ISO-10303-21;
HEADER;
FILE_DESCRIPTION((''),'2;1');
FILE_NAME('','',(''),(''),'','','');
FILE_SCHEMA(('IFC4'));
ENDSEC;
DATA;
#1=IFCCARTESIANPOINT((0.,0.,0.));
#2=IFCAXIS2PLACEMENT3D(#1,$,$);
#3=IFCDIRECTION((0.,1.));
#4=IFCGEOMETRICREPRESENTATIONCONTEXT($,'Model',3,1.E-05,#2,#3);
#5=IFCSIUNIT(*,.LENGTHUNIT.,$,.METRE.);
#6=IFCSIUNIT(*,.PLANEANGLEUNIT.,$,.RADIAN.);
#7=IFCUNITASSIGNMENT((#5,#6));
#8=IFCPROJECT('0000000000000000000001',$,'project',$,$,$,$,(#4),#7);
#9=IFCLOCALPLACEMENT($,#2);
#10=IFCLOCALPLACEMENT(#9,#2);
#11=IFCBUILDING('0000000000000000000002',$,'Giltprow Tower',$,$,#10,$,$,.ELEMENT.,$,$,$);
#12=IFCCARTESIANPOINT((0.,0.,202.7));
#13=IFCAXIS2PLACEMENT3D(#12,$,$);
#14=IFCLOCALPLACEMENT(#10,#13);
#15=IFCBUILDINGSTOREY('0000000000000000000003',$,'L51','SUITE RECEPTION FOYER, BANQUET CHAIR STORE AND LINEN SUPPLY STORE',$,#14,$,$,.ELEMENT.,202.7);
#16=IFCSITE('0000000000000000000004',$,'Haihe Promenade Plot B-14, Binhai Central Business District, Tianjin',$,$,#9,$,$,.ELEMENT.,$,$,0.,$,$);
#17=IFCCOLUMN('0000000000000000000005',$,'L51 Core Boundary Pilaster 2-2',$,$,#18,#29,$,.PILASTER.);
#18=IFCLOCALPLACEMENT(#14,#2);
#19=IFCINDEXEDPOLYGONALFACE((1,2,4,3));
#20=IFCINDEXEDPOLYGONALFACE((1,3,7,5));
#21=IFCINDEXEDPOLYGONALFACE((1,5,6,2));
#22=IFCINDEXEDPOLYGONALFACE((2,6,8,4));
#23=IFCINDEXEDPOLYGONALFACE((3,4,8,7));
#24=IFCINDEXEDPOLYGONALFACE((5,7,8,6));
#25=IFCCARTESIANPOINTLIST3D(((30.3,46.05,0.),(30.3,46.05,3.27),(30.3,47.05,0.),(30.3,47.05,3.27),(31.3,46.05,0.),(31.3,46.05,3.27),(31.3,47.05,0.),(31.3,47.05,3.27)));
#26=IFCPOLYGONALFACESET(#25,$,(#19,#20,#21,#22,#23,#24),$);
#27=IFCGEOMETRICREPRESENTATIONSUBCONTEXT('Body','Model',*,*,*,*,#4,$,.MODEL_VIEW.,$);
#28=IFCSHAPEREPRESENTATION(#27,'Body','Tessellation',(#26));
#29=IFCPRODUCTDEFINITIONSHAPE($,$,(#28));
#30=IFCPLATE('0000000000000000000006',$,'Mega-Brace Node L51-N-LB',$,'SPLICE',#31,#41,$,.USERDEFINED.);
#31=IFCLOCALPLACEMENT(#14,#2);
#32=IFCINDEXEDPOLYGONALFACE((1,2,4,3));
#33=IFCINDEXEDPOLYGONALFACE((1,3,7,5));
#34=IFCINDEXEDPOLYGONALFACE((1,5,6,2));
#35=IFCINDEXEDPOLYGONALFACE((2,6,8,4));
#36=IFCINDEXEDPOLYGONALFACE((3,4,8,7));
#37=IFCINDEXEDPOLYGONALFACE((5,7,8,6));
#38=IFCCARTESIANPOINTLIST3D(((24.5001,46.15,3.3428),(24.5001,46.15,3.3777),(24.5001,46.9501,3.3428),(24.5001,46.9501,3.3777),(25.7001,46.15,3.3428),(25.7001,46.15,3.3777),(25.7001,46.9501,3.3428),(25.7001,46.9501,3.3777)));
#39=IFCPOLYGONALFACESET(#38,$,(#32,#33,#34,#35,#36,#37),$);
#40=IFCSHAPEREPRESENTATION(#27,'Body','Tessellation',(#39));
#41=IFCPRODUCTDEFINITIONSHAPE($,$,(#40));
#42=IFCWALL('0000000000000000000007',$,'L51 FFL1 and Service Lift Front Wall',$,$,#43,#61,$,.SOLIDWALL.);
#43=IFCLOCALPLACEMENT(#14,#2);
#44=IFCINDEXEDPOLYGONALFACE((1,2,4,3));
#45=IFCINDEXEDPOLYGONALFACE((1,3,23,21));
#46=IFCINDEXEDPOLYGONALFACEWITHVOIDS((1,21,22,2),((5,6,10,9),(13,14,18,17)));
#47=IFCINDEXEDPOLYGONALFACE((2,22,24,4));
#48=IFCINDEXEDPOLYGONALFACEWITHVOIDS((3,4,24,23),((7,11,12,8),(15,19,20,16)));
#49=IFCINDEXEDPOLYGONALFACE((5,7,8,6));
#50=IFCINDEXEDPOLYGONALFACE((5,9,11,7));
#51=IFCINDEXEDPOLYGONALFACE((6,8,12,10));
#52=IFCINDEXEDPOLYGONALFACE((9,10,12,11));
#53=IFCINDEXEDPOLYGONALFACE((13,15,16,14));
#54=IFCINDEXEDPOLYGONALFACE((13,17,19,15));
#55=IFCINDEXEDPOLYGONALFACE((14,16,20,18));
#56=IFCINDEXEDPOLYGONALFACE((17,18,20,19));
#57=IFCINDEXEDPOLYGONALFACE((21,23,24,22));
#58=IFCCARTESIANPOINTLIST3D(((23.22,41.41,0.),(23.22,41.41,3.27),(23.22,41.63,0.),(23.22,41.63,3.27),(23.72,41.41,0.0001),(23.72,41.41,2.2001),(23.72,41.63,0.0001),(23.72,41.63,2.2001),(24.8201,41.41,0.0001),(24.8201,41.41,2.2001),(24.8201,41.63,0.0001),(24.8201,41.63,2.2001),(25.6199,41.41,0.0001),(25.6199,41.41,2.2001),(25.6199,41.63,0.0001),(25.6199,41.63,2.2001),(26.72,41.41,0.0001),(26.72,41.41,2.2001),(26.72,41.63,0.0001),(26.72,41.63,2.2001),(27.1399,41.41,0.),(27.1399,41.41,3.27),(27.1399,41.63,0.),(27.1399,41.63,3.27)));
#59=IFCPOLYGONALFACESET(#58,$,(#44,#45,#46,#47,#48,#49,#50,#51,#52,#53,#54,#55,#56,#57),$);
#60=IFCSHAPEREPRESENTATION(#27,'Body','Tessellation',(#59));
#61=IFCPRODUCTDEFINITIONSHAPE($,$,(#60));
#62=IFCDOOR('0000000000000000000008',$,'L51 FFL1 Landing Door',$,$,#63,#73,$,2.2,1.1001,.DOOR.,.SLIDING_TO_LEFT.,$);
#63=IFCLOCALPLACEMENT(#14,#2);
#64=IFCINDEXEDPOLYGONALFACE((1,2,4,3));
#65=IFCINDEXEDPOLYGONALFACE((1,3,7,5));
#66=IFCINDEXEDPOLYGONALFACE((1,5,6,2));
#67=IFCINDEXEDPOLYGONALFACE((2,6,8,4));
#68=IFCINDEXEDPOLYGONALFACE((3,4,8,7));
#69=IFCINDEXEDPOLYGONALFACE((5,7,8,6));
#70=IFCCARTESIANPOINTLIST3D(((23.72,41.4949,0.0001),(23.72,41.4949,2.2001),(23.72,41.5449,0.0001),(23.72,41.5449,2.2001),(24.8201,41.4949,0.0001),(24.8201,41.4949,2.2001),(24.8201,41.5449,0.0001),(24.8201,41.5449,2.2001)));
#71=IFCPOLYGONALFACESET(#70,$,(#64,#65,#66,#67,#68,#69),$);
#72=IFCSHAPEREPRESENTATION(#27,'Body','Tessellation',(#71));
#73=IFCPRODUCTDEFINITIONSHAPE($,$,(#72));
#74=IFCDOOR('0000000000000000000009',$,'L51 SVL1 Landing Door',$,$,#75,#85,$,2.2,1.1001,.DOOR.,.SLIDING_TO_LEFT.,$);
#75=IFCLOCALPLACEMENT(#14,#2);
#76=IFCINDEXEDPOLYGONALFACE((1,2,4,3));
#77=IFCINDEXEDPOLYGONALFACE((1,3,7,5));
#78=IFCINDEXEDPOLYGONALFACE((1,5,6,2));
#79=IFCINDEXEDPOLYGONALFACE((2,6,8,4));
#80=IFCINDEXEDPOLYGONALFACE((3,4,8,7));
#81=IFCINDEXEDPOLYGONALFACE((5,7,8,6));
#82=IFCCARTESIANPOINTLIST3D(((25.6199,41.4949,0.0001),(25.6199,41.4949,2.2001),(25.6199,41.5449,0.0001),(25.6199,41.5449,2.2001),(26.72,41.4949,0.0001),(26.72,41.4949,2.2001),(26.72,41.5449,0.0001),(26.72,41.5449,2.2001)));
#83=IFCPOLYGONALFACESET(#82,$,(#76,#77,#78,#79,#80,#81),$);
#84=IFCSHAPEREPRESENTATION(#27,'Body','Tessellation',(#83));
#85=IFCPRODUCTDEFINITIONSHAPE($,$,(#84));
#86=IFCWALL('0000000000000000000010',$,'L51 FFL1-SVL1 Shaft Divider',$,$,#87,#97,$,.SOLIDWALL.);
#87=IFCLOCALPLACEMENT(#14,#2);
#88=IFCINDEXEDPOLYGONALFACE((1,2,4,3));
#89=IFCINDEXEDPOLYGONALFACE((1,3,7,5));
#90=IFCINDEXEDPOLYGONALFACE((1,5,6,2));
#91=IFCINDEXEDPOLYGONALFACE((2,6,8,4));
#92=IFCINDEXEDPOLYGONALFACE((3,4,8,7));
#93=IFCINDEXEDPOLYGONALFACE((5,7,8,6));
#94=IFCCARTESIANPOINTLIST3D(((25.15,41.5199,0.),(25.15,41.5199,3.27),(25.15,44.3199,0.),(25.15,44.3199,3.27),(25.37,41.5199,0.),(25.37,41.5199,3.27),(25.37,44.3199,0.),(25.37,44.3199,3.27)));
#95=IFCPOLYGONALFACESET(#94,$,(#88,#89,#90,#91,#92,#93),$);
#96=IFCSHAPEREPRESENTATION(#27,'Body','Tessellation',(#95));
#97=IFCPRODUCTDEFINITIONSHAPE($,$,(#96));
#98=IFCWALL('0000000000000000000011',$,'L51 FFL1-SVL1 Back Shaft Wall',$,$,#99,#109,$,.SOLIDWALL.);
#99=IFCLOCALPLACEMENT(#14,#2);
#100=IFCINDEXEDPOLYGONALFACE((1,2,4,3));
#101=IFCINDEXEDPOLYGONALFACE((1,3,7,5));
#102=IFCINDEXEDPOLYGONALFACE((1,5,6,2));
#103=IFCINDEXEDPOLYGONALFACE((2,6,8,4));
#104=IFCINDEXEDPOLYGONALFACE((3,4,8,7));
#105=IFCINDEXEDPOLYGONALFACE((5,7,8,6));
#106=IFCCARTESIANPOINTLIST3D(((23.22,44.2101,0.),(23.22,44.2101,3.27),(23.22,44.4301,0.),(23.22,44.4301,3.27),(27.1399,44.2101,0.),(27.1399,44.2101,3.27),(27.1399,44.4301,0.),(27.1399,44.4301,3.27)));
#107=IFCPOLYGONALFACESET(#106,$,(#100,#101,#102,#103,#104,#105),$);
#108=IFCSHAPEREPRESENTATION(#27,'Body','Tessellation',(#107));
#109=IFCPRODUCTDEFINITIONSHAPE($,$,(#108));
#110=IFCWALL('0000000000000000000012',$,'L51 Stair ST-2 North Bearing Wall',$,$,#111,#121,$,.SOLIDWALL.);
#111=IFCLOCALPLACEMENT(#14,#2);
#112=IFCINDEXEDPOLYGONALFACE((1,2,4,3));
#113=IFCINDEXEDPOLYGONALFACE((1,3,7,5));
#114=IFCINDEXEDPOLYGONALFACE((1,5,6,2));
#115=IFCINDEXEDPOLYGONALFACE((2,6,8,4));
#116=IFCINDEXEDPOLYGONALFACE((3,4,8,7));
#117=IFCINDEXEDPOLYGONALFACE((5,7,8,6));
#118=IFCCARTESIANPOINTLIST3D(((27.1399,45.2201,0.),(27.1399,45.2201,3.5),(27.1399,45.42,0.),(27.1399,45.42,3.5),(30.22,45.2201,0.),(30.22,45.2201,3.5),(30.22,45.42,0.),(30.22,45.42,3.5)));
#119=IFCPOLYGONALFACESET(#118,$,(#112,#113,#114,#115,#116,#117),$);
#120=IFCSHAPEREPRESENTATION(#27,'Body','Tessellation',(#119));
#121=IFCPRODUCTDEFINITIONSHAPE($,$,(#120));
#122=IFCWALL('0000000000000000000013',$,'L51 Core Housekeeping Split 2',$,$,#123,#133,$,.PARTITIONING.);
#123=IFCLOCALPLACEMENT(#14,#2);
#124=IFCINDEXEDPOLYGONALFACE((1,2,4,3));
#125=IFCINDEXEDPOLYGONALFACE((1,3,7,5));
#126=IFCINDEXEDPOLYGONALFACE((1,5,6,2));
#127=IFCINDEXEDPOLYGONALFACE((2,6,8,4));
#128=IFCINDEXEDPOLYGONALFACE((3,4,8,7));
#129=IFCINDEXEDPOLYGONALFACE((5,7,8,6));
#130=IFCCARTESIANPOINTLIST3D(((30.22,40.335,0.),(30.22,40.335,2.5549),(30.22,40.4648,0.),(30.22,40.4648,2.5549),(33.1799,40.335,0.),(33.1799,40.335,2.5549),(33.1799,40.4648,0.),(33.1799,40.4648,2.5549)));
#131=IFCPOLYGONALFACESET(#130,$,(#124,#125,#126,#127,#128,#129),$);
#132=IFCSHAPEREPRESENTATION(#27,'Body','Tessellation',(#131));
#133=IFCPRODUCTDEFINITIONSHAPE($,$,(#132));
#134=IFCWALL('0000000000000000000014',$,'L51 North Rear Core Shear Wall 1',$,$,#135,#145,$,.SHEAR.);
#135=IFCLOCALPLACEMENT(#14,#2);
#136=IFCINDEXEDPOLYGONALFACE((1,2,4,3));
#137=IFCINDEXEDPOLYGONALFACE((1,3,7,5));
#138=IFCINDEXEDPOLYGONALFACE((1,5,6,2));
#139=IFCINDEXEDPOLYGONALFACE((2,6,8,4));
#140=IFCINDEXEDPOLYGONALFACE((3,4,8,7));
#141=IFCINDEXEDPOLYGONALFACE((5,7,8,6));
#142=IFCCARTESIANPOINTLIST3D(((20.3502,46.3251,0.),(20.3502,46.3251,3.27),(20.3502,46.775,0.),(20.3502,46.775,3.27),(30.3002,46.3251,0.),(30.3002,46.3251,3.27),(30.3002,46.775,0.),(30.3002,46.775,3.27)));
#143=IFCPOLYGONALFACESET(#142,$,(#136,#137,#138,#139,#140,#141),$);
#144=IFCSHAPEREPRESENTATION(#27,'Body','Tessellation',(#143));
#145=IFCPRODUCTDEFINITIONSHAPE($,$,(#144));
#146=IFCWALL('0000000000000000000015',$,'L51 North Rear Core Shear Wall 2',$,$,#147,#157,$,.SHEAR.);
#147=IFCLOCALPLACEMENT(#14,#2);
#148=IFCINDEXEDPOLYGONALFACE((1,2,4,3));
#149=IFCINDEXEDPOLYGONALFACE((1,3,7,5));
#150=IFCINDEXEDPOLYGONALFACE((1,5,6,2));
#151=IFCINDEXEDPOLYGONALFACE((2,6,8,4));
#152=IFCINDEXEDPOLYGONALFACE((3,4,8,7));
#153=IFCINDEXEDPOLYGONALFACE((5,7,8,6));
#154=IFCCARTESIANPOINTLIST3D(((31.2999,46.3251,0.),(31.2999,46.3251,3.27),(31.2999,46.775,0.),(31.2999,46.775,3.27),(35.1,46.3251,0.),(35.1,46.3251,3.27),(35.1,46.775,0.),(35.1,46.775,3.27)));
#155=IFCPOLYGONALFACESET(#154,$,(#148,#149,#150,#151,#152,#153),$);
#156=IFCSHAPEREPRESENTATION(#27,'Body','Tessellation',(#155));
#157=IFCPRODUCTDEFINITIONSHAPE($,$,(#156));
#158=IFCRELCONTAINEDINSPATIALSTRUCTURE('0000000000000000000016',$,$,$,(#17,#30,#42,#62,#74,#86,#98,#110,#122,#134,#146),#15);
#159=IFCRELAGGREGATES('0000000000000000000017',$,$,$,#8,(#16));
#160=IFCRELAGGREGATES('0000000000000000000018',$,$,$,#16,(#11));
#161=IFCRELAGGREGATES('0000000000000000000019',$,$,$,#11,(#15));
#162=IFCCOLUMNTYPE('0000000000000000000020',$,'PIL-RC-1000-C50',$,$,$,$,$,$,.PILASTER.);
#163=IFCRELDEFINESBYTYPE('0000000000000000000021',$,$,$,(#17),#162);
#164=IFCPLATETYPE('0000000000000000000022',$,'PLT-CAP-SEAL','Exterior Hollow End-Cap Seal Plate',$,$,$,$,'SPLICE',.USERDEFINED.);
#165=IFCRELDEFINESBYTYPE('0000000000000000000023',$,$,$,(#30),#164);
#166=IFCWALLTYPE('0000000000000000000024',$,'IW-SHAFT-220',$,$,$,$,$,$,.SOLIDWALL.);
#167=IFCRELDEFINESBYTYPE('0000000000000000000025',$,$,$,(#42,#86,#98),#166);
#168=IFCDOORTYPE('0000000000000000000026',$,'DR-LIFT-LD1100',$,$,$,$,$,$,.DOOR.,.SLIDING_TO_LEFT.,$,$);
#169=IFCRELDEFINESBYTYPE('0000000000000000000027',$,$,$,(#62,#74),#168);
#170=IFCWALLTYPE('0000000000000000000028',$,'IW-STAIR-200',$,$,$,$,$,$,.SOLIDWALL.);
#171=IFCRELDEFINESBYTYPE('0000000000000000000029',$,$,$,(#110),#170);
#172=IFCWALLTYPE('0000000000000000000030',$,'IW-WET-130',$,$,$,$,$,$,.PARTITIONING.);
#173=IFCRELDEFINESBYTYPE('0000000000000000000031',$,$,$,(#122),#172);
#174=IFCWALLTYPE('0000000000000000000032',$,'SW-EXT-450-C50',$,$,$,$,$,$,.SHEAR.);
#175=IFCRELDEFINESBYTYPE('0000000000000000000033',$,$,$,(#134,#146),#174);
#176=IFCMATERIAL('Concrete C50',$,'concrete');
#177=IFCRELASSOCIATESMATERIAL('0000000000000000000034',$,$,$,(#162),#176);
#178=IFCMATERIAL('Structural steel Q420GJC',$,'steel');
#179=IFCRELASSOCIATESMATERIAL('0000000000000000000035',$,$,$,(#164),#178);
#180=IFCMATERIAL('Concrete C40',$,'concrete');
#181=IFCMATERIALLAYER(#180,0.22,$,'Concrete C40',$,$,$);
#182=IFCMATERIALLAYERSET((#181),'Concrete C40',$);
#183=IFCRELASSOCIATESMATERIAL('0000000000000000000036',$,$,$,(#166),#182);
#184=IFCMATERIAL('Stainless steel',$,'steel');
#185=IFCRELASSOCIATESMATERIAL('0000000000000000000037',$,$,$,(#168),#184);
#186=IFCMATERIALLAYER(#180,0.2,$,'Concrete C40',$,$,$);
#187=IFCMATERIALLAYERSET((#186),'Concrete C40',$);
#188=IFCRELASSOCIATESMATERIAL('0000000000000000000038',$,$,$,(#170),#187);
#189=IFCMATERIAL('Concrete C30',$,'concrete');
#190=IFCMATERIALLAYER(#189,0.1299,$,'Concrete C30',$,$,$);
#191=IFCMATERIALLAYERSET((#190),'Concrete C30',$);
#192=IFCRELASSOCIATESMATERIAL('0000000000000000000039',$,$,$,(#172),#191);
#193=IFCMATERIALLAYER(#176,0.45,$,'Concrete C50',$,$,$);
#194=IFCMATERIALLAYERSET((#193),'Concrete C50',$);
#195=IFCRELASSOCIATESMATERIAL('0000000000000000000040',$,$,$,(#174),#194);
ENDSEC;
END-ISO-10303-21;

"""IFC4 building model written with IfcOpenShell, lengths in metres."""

from ifc_helpers import new_model, si_unit, direction, frame, frame_2d, origin, origin_2d, place, context, subcontext, project, spatial, rectangle, extrude, source, transform, mapped, material, layer, layer_set, material_profile, profile_set, type_object, element, fill, save


model = new_model("IFC4")

# Units and contexts
model_context = context("Model", 3, precision=1e-05, world=origin(), true_north=direction((0.0, 1.0)))
body_context = subcontext(model_context, "Body", "Model", "MODEL_VIEW")
ifc_project = project(units=[si_unit("LENGTHUNIT", "METRE"), si_unit("PLANEANGLEUNIT", "RADIAN")], contexts=[model_context])

# Site, building, storey
site_placement = place(None, origin())
site = spatial("IfcSite", under=ifc_project, at=site_placement, Name="Haihe Promenade Plot B-14, Binhai Central Business District, Tianjin", CompositionType="ELEMENT", RefElevation=0.0)
building_placement = place(site_placement, origin())
building = spatial("IfcBuilding", under=site, at=building_placement, Name="Giltprow Tower", CompositionType="ELEMENT")
storey_placement = place(building_placement, frame((0.0, 0.0, 202.7)))
storey = spatial("IfcBuildingStorey", under=building, at=storey_placement, Name="L51", Description="SUITE RECEPTION FOYER, BANQUET CHAIR STORE AND LINEN SUPPLY STORE", CompositionType="ELEMENT", Elevation=202.7)

# Column
ifc_material_1 = material(Name="Concrete C50", Category="concrete")
ifc_material_profile = material_profile(ifc_material_1, rectangle(XDim=1.0, YDim=1.0, at=origin_2d()), Name="RC 1000x1000")
ifc_profile_set = profile_set([ifc_material_profile], Name="Concrete C50")
column_type = type_object("IfcColumnType", Name="PIL-RC-1000-C50", PredefinedType="PILASTER", material=ifc_profile_set)
shared_shape_1 = source(origin(), body_context, "Body", "SweptSolid", [
    extrude(rectangle(XDim=1.0, YDim=1.0, at=origin_2d()), origin(), (0.0, 0.0, 1.0), 3.27),
])
column_placement = place(storey_placement, frame((30.8, 46.55, 0.0), z_axis=(0.0, 0.0, 1.0), x_axis=(1.0, 0.0, 0.0)))
element("IfcColumn", 1, at=column_placement, inside=storey, type_object=column_type, Name="L51 Core Boundary Pilaster 2-2", PredefinedType="PILASTER", context=body_context, shape_type="MappedRepresentation", body=[
    mapped(shared_shape_1, transform((0.0, 0.0, 0.0), x_axis=(1.0, 0.0, 0.0), y_axis=(0.0, 1.0, 0.0), z_axis=(0.0, 0.0, 1.0), scale=1.0)),
])

# Plate
ifc_material_2 = material(Name="Structural steel Q420GJC", Category="steel")
plate_type = type_object("IfcPlateType", Name="PLT-CAP-SEAL", Description="Exterior Hollow End-Cap Seal Plate", ElementType="SPLICE", PredefinedType="USERDEFINED", material=ifc_material_2)
shared_shape_2 = source(origin(), body_context, "Body", "SweptSolid", [
    extrude(rectangle(XDim=1.2, YDim=0.8, at=origin_2d()), origin(), (0.0, 0.0, 1.0), 0.0349),
])
plate_placement = place(storey_placement, frame((25.1001, 46.55, 3.3428), z_axis=(0.0, 0.0, 1.0), x_axis=(1.0, 0.0, 0.0)))
element("IfcPlate", 2, at=plate_placement, inside=storey, type_object=plate_type, Name="Mega-Brace Node L51-N-LB", ObjectType="SPLICE", PredefinedType="USERDEFINED", context=body_context, shape_type="MappedRepresentation", body=[
    mapped(shared_shape_2, transform((0.0, 0.0, 0.0), x_axis=(1.0, 0.0, 0.0), y_axis=(0.0, 1.0, 0.0), z_axis=(0.0, 0.0, 1.0), scale=1.0)),
])

# Wall, openings, doors
ifc_material_3 = material(Name="Concrete C40", Category="concrete")
ifc_layer_1 = layer(ifc_material_3, 0.22, Name="Concrete C40")
ifc_layer_set_1 = layer_set([ifc_layer_1], Name="Concrete C40")
wall_type_1 = type_object("IfcWallType", Name="IW-SHAFT-220", PredefinedType="SOLIDWALL", material=ifc_layer_set_1)
wall_1_placement = place(storey_placement, frame((23.22, 41.52, 0.0), z_axis=(0.0, 0.0, 1.0), x_axis=(1.0, 0.0, 0.0)))
wall_1 = element("IfcWall", 3, at=wall_1_placement, inside=storey, type_object=wall_type_1, Name="L51 FFL1 and Service Lift Front Wall", PredefinedType="SOLIDWALL", context=body_context, shape_type="SweptSolid", body=[
    extrude(rectangle(XDim=3.9199, YDim=0.22, at=frame_2d((1.96, 0.0))), origin(), (0.0, 0.0, 1.0), 3.27),
])
opening_1_placement = place(wall_1_placement, frame((0.5, 0.0, 0.0)))
opening_1 = element("IfcOpeningElement", 4, at=opening_1_placement, cuts=wall_1, PredefinedType="OPENING", context=body_context, shape_type="SweptSolid", body=[
    extrude(rectangle(XDim=1.1001, YDim=2.2, at=frame_2d((0.55, 1.1001))), frame((0.0, 0.1199, 0.0), z_axis=(0.0, -1.0, 0.0), x_axis=(1.0, 0.0, 0.0)), (0.0, 0.0, 1.0), 0.24),
])
opening_2_placement = place(wall_1_placement, frame((2.3999, 0.0, 0.0)))
opening_2 = element("IfcOpeningElement", 5, at=opening_2_placement, cuts=wall_1, PredefinedType="OPENING", context=body_context, shape_type="SweptSolid", body=[
    extrude(rectangle(XDim=1.1001, YDim=2.2, at=frame_2d((0.55, 1.1001))), frame((0.0, 0.1199, 0.0), z_axis=(0.0, -1.0, 0.0), x_axis=(1.0, 0.0, 0.0)), (0.0, 0.0, 1.0), 0.24),
])
ifc_material_4 = material(Name="Stainless steel", Category="steel")
door_type = type_object("IfcDoorType", Name="DR-LIFT-LD1100", OperationType="SLIDING_TO_LEFT", PredefinedType="DOOR", material=ifc_material_4)
shared_shape_3 = source(origin(), body_context, "Body", "SweptSolid", [
    extrude(rectangle(XDim=1.1001, YDim=2.2, at=frame_2d((0.55, 1.1001))), frame((0.0, 0.0249, 0.0), z_axis=(0.0, -1.0, 0.0), x_axis=(1.0, 0.0, 0.0)), (0.0, 0.0, 1.0), 0.05),
])
door_1_placement = place(opening_1_placement, origin())
door_1 = element("IfcDoor", 6, at=door_1_placement, inside=storey, type_object=door_type, Name="L51 FFL1 Landing Door", OperationType="SLIDING_TO_LEFT", OverallHeight=2.2, OverallWidth=1.1001, PredefinedType="DOOR", context=body_context, shape_type="MappedRepresentation", body=[
    mapped(shared_shape_3, transform((0.0, 0.0, 0.0), x_axis=(1.0, 0.0, 0.0), y_axis=(0.0, 1.0, 0.0), z_axis=(0.0, 0.0, 1.0), scale=1.0)),
])
fill(opening_1, door_1)
door_2_placement = place(opening_2_placement, origin())
door_2 = element("IfcDoor", 7, at=door_2_placement, inside=storey, type_object=door_type, Name="L51 SVL1 Landing Door", OperationType="SLIDING_TO_LEFT", OverallHeight=2.2, OverallWidth=1.1001, PredefinedType="DOOR", context=body_context, shape_type="MappedRepresentation", body=[
    mapped(shared_shape_3, transform((0.0, 0.0, 0.0), x_axis=(1.0, 0.0, 0.0), y_axis=(0.0, 1.0, 0.0), z_axis=(0.0, 0.0, 1.0), scale=1.0)),
])
fill(opening_2, door_2)

# Walls
wall_2_placement = place(storey_placement, frame((25.26, 41.52, 0.0), z_axis=(0.0, 0.0, 1.0), x_axis=(0.0, 1.0, 0.0)))
element("IfcWall", 8, at=wall_2_placement, inside=storey, type_object=wall_type_1, Name="L51 FFL1-SVL1 Shaft Divider", PredefinedType="SOLIDWALL", context=body_context, shape_type="SweptSolid", body=[
    extrude(rectangle(XDim=2.8, YDim=0.22, at=frame_2d((1.3999, 0.0))), origin(), (0.0, 0.0, 1.0), 3.27),
])
wall_3_placement = place(storey_placement, frame((23.22, 44.3201, 0.0), z_axis=(0.0, 0.0, 1.0), x_axis=(1.0, 0.0, 0.0)))
element("IfcWall", 9, at=wall_3_placement, inside=storey, type_object=wall_type_1, Name="L51 FFL1-SVL1 Back Shaft Wall", PredefinedType="SOLIDWALL", context=body_context, shape_type="SweptSolid", body=[
    extrude(rectangle(XDim=3.9199, YDim=0.22, at=frame_2d((1.96, 0.0))), origin(), (0.0, 0.0, 1.0), 3.27),
])
ifc_layer_2 = layer(ifc_material_3, 0.2, Name="Concrete C40")
ifc_layer_set_2 = layer_set([ifc_layer_2], Name="Concrete C40")
wall_type_2 = type_object("IfcWallType", Name="IW-STAIR-200", PredefinedType="SOLIDWALL", material=ifc_layer_set_2)
wall_4_placement = place(storey_placement, frame((27.1399, 45.3201, 0.0), z_axis=(0.0, 0.0, 1.0), x_axis=(1.0, 0.0, 0.0)))
element("IfcWall", 10, at=wall_4_placement, inside=storey, type_object=wall_type_2, Name="L51 Stair ST-2 North Bearing Wall", PredefinedType="SOLIDWALL", context=body_context, shape_type="SweptSolid", body=[
    extrude(rectangle(XDim=3.0801, YDim=0.2, at=frame_2d((1.54, 0.0))), origin(), (0.0, 0.0, 1.0), 3.5),
])
ifc_material_5 = material(Name="Concrete C30", Category="concrete")
ifc_layer_3 = layer(ifc_material_5, 0.1299, Name="Concrete C30")
ifc_layer_set_3 = layer_set([ifc_layer_3], Name="Concrete C30")
wall_type_3 = type_object("IfcWallType", Name="IW-WET-130", PredefinedType="PARTITIONING", material=ifc_layer_set_3)
wall_5_placement = place(storey_placement, frame((30.22, 40.3999, 0.0), z_axis=(0.0, 0.0, 1.0), x_axis=(1.0, 0.0, 0.0)))
element("IfcWall", 11, at=wall_5_placement, inside=storey, type_object=wall_type_3, Name="L51 Core Housekeeping Split 2", PredefinedType="PARTITIONING", context=body_context, shape_type="SweptSolid", body=[
    extrude(rectangle(XDim=2.96, YDim=0.1299, at=frame_2d((1.48, 0.0))), origin(), (0.0, 0.0, 1.0), 2.5549),
])
ifc_layer_4 = layer(ifc_material_1, 0.45, Name="Concrete C50")
ifc_layer_set_4 = layer_set([ifc_layer_4], Name="Concrete C50")
wall_type_4 = type_object("IfcWallType", Name="SW-EXT-450-C50", PredefinedType="SHEAR", material=ifc_layer_set_4)
wall_6_placement = place(storey_placement, frame((20.3501, 46.55, 0.0), z_axis=(0.0, 0.0, 1.0), x_axis=(1.0, 0.0, 0.0)))
element("IfcWall", 12, at=wall_6_placement, inside=storey, type_object=wall_type_4, Name="L51 North Rear Core Shear Wall 1", PredefinedType="SHEAR", context=body_context, shape_type="SweptSolid", body=[
    extrude(rectangle(XDim=9.95, YDim=0.45, at=frame_2d((4.9751, 0.0))), origin(), (0.0, 0.0, 1.0), 3.27),
])
wall_7_placement = place(storey_placement, frame((31.3, 46.55, 0.0), z_axis=(0.0, 0.0, 1.0), x_axis=(1.0, 0.0, 0.0)))
element("IfcWall", 13, at=wall_7_placement, inside=storey, type_object=wall_type_4, Name="L51 North Rear Core Shear Wall 2", PredefinedType="SHEAR", context=body_context, shape_type="SweptSolid", body=[
    extrude(rectangle(XDim=3.8, YDim=0.45, at=frame_2d((1.8999, 0.0))), origin(), (0.0, 0.0, 1.0), 3.27),
])

save(model, "model.ifc")
